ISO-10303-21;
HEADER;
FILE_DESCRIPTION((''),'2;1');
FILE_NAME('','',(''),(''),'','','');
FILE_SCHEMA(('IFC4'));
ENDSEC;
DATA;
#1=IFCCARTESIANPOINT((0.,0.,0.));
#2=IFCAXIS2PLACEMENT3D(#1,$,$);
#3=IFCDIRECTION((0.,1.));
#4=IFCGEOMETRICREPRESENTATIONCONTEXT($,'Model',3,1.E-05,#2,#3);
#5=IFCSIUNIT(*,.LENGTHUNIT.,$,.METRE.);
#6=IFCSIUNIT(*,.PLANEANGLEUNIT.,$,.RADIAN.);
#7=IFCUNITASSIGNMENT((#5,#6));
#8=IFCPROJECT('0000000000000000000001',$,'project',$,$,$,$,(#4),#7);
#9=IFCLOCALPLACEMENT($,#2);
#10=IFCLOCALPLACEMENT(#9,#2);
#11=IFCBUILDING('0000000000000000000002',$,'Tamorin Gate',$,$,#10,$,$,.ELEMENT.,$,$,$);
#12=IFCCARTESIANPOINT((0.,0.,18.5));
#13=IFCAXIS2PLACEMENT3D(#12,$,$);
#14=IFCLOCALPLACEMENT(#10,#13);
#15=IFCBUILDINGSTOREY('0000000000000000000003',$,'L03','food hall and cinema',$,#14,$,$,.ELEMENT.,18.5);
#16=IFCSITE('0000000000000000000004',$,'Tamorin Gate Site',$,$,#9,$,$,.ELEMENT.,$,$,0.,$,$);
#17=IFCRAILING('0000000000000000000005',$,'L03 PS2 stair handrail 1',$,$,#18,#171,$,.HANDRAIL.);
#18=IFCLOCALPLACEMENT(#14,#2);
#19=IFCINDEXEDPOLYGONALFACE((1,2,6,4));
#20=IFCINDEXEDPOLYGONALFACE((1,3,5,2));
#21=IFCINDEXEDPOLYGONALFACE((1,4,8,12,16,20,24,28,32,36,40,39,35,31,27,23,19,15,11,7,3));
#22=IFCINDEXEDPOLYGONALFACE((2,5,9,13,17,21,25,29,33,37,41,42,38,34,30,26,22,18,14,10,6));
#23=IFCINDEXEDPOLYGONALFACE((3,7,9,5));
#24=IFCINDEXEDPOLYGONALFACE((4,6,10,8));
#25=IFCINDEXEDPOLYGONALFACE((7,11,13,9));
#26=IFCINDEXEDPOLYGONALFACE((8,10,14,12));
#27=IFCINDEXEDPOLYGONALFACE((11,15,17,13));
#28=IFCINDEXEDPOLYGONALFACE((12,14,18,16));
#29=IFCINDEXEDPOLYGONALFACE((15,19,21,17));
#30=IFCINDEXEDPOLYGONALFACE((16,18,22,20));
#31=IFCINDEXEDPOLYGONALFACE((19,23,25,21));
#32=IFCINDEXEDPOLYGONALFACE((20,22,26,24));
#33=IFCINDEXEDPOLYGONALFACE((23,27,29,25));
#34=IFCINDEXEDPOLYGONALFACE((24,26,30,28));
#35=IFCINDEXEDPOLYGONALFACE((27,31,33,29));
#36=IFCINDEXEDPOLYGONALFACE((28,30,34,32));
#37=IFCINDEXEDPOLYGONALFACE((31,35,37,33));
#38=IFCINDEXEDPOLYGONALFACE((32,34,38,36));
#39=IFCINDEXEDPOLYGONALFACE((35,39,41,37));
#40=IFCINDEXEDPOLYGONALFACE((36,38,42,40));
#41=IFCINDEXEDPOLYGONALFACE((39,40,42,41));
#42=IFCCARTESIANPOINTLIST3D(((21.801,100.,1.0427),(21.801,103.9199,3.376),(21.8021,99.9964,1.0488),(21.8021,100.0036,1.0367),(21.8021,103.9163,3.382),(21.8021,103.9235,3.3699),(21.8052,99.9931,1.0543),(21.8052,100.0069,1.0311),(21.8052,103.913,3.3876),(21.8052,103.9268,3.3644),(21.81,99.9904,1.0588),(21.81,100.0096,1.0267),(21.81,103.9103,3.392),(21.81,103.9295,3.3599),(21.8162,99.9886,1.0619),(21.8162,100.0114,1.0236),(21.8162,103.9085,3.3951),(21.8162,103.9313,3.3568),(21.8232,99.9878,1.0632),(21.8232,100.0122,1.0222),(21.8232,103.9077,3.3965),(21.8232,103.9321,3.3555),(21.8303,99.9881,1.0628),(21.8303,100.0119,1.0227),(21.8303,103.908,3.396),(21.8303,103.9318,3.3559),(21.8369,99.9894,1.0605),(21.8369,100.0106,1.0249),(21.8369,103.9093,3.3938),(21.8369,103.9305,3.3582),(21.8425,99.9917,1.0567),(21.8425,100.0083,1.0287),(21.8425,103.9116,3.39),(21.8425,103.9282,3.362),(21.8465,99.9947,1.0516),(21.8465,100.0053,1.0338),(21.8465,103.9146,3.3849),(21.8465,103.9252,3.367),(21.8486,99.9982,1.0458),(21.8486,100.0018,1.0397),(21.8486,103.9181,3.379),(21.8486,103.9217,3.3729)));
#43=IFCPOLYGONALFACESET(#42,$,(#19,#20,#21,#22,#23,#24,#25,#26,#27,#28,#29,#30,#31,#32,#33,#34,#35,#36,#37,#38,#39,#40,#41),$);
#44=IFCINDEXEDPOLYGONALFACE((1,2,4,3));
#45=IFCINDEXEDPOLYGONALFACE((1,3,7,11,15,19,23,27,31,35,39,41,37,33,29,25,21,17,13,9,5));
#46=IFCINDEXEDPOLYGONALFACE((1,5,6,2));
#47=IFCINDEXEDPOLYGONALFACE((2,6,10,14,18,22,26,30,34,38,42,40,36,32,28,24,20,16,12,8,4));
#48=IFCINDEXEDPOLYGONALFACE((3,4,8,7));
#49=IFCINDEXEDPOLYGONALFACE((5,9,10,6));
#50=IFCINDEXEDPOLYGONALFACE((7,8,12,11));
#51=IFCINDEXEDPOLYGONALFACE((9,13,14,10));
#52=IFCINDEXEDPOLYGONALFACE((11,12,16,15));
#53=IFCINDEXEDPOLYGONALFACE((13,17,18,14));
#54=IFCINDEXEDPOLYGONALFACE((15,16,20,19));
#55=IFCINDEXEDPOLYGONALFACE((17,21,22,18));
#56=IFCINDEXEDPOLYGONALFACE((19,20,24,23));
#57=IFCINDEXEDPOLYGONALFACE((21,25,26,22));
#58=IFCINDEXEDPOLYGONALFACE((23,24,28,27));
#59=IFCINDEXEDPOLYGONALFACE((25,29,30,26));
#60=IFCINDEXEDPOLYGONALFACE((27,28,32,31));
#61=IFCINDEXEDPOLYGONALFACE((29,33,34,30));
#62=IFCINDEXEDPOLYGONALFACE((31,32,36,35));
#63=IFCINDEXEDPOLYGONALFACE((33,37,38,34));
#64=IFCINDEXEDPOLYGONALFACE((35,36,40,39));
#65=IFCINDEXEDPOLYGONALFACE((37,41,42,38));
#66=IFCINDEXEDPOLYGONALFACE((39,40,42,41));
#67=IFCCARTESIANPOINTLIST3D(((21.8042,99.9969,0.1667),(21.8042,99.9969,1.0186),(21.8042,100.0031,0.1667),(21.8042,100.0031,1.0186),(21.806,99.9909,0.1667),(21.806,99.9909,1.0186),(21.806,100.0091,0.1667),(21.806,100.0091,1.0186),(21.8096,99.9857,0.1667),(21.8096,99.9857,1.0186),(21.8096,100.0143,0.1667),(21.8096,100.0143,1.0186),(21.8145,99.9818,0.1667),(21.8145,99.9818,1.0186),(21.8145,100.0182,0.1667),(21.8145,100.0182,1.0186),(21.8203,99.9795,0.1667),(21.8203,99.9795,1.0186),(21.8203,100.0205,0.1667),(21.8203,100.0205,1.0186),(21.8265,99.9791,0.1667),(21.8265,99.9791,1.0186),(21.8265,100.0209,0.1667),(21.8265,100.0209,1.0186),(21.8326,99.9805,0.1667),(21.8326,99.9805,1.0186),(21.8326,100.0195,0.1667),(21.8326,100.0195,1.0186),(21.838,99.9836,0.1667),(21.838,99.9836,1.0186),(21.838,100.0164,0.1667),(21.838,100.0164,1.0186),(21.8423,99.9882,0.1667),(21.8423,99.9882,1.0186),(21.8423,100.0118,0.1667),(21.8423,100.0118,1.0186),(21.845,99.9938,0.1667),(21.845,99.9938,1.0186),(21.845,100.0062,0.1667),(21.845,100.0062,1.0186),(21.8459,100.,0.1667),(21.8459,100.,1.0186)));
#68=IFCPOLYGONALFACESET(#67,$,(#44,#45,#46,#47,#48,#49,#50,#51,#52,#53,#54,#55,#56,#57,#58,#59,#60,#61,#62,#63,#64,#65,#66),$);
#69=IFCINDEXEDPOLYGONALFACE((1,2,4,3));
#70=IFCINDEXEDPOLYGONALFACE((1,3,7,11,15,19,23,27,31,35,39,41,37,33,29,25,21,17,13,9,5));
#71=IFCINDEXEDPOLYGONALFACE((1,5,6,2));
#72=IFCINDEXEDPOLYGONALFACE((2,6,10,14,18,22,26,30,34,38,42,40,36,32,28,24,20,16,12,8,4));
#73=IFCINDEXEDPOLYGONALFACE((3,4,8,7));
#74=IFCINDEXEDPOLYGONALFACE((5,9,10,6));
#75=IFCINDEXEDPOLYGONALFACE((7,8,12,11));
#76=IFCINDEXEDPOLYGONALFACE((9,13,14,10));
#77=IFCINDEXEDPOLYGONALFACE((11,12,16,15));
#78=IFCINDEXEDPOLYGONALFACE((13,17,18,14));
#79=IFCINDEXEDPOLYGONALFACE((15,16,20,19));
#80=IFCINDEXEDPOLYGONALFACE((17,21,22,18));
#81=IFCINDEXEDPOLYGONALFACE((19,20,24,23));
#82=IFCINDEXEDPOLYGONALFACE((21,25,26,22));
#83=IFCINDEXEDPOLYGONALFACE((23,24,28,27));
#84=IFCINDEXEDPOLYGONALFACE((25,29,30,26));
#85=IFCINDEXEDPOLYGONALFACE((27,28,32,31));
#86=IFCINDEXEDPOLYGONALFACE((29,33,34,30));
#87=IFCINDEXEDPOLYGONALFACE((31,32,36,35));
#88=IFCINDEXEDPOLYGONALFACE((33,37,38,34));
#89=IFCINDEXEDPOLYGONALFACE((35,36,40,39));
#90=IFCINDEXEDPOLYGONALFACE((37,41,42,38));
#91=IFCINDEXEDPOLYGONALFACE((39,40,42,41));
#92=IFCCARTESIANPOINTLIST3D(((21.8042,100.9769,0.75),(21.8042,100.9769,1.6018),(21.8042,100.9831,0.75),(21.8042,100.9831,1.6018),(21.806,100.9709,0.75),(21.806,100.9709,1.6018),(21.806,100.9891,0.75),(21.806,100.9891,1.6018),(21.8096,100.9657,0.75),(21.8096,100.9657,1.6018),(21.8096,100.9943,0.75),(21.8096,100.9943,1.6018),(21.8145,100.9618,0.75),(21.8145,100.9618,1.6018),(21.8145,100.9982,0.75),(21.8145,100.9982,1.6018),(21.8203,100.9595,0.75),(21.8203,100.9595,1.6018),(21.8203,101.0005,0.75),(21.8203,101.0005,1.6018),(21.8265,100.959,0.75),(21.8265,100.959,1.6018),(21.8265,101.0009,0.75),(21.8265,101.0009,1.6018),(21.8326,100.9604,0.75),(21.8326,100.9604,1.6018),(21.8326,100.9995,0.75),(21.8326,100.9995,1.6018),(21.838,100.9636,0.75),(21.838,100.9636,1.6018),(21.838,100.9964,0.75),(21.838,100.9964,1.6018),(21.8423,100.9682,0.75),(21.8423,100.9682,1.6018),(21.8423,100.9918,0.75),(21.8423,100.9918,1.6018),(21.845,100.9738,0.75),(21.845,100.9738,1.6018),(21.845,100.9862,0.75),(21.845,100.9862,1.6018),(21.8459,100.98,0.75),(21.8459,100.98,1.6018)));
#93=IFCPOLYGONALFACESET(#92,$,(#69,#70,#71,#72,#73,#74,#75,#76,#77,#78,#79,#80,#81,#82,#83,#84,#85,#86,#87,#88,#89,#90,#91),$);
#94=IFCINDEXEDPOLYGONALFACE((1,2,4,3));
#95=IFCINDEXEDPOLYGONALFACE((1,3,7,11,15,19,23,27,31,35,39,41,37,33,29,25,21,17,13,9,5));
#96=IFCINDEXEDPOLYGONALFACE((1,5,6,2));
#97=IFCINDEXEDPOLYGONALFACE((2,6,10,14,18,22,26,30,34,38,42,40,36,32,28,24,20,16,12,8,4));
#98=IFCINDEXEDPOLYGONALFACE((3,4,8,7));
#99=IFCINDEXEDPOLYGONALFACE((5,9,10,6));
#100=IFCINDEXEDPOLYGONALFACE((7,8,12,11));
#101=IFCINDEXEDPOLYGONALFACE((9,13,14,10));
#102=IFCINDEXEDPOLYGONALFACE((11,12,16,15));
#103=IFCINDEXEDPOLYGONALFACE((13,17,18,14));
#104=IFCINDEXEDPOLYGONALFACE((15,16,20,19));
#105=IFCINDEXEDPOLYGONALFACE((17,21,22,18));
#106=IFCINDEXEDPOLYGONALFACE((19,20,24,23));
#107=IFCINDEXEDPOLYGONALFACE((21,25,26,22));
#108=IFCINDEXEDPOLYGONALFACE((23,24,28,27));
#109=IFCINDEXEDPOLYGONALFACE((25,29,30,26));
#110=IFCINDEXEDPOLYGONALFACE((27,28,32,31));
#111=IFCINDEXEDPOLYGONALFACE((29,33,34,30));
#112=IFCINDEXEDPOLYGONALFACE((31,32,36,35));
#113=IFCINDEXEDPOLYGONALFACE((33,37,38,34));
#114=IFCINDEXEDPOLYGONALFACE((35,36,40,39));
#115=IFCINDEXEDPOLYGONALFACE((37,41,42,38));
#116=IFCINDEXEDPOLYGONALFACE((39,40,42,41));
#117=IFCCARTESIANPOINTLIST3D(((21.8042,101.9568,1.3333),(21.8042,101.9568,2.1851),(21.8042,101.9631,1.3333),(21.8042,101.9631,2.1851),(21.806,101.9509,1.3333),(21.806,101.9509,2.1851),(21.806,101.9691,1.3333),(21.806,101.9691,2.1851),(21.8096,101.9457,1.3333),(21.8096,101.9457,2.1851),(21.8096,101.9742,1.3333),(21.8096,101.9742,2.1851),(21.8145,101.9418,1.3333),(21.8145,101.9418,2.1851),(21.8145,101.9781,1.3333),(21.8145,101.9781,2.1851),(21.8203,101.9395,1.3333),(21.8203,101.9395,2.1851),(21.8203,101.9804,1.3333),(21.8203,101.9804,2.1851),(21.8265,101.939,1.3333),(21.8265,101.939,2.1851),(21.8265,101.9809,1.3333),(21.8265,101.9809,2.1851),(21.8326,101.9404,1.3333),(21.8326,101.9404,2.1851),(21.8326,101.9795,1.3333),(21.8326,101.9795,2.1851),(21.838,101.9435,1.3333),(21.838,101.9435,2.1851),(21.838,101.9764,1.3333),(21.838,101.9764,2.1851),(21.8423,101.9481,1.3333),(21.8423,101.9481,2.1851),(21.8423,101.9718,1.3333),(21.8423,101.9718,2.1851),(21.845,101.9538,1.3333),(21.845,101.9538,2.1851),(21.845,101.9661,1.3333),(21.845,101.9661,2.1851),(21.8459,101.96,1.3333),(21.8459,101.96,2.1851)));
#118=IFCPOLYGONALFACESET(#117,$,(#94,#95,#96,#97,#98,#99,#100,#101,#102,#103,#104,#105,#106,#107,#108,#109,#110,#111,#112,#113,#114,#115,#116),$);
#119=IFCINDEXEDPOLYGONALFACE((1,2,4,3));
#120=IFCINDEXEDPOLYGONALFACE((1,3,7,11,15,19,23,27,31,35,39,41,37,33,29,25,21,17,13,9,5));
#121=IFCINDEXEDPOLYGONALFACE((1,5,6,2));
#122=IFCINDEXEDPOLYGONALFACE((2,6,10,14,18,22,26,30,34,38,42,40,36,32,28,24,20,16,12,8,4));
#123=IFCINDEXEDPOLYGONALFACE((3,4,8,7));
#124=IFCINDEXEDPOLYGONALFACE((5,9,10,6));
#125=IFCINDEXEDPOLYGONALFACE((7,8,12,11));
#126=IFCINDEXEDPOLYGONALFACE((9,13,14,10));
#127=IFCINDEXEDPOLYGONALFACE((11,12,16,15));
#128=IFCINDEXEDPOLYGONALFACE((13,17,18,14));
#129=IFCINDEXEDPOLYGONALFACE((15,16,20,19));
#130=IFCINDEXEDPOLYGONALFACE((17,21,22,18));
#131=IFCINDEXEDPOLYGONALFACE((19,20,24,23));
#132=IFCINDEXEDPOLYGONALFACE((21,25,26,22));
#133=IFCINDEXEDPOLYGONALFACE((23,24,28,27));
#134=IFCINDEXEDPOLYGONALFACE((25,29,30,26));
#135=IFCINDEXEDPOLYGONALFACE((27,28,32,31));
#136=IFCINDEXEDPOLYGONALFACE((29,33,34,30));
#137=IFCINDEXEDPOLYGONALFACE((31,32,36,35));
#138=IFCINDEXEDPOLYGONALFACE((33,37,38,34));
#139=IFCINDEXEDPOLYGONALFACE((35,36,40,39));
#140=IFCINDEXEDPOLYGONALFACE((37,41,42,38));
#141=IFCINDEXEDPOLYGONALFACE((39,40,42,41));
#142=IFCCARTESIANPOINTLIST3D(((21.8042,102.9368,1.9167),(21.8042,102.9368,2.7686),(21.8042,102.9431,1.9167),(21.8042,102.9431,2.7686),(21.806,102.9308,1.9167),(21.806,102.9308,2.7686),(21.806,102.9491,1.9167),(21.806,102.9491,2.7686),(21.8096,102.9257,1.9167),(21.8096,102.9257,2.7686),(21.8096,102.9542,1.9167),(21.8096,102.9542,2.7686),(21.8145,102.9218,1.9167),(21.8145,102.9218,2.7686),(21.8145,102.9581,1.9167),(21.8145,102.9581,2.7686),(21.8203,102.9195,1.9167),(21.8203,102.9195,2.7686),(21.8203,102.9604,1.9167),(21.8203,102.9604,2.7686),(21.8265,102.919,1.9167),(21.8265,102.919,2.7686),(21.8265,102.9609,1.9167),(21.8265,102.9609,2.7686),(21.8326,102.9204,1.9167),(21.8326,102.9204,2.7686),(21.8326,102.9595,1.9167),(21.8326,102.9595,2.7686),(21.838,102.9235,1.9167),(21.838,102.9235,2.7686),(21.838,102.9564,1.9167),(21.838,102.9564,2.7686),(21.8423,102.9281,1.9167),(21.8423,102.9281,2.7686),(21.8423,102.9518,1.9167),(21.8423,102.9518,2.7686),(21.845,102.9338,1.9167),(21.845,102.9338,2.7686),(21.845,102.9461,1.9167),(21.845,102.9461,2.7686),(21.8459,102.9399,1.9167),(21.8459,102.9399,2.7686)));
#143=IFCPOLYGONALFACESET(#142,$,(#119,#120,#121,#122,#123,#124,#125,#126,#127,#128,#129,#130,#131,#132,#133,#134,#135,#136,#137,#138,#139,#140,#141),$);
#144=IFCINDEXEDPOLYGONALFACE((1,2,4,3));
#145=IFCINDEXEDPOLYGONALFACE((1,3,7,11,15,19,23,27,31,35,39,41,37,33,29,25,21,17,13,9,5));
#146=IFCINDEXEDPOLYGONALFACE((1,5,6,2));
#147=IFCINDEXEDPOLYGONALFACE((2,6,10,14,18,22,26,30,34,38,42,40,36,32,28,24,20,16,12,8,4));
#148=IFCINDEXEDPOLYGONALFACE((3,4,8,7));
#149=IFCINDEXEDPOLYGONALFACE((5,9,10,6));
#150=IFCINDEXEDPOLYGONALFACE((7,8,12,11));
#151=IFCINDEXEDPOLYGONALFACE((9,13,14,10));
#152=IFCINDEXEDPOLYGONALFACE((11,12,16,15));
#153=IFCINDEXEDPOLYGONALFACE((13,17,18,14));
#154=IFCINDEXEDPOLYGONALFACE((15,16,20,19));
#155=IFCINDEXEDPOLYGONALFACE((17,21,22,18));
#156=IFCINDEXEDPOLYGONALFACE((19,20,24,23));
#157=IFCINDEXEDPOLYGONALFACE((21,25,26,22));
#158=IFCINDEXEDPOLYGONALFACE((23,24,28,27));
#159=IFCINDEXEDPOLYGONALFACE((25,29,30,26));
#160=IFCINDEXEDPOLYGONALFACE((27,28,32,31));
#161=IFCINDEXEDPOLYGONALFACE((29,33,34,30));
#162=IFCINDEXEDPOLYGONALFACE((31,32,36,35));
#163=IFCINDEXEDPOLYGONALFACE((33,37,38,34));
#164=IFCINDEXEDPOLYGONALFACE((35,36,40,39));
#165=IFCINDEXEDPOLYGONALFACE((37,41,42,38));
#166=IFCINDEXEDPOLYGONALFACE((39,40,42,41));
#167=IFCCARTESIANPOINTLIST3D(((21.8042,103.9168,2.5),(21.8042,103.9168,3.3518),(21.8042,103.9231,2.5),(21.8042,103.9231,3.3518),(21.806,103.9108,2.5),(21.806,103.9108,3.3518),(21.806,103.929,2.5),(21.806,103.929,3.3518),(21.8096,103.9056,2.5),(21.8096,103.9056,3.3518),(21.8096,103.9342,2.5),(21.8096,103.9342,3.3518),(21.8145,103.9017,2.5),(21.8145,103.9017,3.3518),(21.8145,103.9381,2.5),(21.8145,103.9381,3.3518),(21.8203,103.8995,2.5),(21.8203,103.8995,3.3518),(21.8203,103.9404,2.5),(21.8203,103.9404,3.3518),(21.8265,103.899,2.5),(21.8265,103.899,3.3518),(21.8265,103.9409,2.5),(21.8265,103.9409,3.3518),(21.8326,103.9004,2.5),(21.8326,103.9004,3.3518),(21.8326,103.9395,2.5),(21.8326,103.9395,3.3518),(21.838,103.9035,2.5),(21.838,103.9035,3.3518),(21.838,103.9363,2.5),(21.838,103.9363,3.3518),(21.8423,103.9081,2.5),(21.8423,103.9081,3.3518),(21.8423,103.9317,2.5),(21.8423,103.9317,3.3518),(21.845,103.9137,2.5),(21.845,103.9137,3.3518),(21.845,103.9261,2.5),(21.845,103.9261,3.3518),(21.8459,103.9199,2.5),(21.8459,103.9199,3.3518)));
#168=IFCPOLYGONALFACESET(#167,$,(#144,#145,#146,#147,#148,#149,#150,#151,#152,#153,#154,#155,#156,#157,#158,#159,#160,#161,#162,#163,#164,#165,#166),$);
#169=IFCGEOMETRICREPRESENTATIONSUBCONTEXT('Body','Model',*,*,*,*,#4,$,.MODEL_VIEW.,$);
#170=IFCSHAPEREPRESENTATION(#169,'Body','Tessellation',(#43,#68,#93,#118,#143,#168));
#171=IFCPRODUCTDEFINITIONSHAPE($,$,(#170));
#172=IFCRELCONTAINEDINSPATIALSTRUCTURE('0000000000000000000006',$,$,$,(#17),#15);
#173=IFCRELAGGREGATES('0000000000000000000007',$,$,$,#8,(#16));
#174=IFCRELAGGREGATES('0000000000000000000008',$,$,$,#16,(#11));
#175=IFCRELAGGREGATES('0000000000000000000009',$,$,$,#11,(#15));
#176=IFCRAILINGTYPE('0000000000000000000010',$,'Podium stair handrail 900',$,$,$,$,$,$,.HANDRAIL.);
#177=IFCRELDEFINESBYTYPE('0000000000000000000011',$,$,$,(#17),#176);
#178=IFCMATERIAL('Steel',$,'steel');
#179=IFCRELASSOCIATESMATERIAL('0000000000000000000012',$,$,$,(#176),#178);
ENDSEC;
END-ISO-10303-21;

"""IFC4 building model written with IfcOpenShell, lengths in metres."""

from ifc_helpers import new_model, si_unit, direction, frame, origin, origin_2d, place, context, subcontext, project, spatial, circle, extrude, material, type_object, element, save


model = new_model("IFC4")

# Units and contexts
model_context = context("Model", 3, precision=1e-05, world=origin(), true_north=direction((0.0, 1.0)))
body_context = subcontext(model_context, "Body", "Model", "MODEL_VIEW")
ifc_project = project(units=[si_unit("LENGTHUNIT", "METRE"), si_unit("PLANEANGLEUNIT", "RADIAN")], contexts=[model_context])

# Site, building, storey
site_placement = place(None, origin())
site = spatial("IfcSite", under=ifc_project, at=site_placement, Name="Tamorin Gate Site", CompositionType="ELEMENT", RefElevation=0.0)
building_placement = place(site_placement, origin())
building = spatial("IfcBuilding", under=site, at=building_placement, Name="Tamorin Gate", CompositionType="ELEMENT")
storey_placement = place(building_placement, frame((0.0, 0.0, 18.5)))
storey = spatial("IfcBuildingStorey", under=building, at=storey_placement, Name="L03", Description="food hall and cinema", CompositionType="ELEMENT", Elevation=18.5)

# Railing
ifc_material_1 = material(Name="Steel", Category="steel")
railing_type_1 = type_object("IfcRailingType", Name="Podium stair handrail 900", PredefinedType="HANDRAIL", material=ifc_material_1)
railing_1_placement = place(storey_placement, frame((21.825, 100.0, 0.1667)))
element("IfcRailing", 1, at=railing_1_placement, inside=storey, type_object=railing_type_1, Name="L03 PS2 stair handrail 1", PredefinedType="HANDRAIL", context=body_context, shape_type="SweptSolid", body=[
    extrude(circle(Radius=0.0239, at=origin_2d()), frame((0.0, 0.0, 0.876), z_axis=(0.0, 0.859296, 0.511478), x_axis=(-1.0, 0.0, 0.0)), (0.0, 0.0, 1.0), 4.5618),
    extrude(circle(Radius=0.021, at=origin_2d()), origin(), (0.0, 0.0, 1.0), 0.8518),
    extrude(circle(Radius=0.021, at=origin_2d()), frame((0.0, 0.98, 0.5833)), (0.0, 0.0, 1.0), 0.8518),
    extrude(circle(Radius=0.021, at=origin_2d()), frame((0.0, 1.96, 1.1665)), (0.0, 0.0, 1.0), 0.8518),
    extrude(circle(Radius=0.021, at=origin_2d()), frame((0.0, 2.9399, 1.75)), (0.0, 0.0, 1.0), 0.8518),
    extrude(circle(Radius=0.021, at=origin_2d()), frame((0.0, 3.9199, 2.3333)), (0.0, 0.0, 1.0), 0.8518),
])

save(model, "model.ifc")
